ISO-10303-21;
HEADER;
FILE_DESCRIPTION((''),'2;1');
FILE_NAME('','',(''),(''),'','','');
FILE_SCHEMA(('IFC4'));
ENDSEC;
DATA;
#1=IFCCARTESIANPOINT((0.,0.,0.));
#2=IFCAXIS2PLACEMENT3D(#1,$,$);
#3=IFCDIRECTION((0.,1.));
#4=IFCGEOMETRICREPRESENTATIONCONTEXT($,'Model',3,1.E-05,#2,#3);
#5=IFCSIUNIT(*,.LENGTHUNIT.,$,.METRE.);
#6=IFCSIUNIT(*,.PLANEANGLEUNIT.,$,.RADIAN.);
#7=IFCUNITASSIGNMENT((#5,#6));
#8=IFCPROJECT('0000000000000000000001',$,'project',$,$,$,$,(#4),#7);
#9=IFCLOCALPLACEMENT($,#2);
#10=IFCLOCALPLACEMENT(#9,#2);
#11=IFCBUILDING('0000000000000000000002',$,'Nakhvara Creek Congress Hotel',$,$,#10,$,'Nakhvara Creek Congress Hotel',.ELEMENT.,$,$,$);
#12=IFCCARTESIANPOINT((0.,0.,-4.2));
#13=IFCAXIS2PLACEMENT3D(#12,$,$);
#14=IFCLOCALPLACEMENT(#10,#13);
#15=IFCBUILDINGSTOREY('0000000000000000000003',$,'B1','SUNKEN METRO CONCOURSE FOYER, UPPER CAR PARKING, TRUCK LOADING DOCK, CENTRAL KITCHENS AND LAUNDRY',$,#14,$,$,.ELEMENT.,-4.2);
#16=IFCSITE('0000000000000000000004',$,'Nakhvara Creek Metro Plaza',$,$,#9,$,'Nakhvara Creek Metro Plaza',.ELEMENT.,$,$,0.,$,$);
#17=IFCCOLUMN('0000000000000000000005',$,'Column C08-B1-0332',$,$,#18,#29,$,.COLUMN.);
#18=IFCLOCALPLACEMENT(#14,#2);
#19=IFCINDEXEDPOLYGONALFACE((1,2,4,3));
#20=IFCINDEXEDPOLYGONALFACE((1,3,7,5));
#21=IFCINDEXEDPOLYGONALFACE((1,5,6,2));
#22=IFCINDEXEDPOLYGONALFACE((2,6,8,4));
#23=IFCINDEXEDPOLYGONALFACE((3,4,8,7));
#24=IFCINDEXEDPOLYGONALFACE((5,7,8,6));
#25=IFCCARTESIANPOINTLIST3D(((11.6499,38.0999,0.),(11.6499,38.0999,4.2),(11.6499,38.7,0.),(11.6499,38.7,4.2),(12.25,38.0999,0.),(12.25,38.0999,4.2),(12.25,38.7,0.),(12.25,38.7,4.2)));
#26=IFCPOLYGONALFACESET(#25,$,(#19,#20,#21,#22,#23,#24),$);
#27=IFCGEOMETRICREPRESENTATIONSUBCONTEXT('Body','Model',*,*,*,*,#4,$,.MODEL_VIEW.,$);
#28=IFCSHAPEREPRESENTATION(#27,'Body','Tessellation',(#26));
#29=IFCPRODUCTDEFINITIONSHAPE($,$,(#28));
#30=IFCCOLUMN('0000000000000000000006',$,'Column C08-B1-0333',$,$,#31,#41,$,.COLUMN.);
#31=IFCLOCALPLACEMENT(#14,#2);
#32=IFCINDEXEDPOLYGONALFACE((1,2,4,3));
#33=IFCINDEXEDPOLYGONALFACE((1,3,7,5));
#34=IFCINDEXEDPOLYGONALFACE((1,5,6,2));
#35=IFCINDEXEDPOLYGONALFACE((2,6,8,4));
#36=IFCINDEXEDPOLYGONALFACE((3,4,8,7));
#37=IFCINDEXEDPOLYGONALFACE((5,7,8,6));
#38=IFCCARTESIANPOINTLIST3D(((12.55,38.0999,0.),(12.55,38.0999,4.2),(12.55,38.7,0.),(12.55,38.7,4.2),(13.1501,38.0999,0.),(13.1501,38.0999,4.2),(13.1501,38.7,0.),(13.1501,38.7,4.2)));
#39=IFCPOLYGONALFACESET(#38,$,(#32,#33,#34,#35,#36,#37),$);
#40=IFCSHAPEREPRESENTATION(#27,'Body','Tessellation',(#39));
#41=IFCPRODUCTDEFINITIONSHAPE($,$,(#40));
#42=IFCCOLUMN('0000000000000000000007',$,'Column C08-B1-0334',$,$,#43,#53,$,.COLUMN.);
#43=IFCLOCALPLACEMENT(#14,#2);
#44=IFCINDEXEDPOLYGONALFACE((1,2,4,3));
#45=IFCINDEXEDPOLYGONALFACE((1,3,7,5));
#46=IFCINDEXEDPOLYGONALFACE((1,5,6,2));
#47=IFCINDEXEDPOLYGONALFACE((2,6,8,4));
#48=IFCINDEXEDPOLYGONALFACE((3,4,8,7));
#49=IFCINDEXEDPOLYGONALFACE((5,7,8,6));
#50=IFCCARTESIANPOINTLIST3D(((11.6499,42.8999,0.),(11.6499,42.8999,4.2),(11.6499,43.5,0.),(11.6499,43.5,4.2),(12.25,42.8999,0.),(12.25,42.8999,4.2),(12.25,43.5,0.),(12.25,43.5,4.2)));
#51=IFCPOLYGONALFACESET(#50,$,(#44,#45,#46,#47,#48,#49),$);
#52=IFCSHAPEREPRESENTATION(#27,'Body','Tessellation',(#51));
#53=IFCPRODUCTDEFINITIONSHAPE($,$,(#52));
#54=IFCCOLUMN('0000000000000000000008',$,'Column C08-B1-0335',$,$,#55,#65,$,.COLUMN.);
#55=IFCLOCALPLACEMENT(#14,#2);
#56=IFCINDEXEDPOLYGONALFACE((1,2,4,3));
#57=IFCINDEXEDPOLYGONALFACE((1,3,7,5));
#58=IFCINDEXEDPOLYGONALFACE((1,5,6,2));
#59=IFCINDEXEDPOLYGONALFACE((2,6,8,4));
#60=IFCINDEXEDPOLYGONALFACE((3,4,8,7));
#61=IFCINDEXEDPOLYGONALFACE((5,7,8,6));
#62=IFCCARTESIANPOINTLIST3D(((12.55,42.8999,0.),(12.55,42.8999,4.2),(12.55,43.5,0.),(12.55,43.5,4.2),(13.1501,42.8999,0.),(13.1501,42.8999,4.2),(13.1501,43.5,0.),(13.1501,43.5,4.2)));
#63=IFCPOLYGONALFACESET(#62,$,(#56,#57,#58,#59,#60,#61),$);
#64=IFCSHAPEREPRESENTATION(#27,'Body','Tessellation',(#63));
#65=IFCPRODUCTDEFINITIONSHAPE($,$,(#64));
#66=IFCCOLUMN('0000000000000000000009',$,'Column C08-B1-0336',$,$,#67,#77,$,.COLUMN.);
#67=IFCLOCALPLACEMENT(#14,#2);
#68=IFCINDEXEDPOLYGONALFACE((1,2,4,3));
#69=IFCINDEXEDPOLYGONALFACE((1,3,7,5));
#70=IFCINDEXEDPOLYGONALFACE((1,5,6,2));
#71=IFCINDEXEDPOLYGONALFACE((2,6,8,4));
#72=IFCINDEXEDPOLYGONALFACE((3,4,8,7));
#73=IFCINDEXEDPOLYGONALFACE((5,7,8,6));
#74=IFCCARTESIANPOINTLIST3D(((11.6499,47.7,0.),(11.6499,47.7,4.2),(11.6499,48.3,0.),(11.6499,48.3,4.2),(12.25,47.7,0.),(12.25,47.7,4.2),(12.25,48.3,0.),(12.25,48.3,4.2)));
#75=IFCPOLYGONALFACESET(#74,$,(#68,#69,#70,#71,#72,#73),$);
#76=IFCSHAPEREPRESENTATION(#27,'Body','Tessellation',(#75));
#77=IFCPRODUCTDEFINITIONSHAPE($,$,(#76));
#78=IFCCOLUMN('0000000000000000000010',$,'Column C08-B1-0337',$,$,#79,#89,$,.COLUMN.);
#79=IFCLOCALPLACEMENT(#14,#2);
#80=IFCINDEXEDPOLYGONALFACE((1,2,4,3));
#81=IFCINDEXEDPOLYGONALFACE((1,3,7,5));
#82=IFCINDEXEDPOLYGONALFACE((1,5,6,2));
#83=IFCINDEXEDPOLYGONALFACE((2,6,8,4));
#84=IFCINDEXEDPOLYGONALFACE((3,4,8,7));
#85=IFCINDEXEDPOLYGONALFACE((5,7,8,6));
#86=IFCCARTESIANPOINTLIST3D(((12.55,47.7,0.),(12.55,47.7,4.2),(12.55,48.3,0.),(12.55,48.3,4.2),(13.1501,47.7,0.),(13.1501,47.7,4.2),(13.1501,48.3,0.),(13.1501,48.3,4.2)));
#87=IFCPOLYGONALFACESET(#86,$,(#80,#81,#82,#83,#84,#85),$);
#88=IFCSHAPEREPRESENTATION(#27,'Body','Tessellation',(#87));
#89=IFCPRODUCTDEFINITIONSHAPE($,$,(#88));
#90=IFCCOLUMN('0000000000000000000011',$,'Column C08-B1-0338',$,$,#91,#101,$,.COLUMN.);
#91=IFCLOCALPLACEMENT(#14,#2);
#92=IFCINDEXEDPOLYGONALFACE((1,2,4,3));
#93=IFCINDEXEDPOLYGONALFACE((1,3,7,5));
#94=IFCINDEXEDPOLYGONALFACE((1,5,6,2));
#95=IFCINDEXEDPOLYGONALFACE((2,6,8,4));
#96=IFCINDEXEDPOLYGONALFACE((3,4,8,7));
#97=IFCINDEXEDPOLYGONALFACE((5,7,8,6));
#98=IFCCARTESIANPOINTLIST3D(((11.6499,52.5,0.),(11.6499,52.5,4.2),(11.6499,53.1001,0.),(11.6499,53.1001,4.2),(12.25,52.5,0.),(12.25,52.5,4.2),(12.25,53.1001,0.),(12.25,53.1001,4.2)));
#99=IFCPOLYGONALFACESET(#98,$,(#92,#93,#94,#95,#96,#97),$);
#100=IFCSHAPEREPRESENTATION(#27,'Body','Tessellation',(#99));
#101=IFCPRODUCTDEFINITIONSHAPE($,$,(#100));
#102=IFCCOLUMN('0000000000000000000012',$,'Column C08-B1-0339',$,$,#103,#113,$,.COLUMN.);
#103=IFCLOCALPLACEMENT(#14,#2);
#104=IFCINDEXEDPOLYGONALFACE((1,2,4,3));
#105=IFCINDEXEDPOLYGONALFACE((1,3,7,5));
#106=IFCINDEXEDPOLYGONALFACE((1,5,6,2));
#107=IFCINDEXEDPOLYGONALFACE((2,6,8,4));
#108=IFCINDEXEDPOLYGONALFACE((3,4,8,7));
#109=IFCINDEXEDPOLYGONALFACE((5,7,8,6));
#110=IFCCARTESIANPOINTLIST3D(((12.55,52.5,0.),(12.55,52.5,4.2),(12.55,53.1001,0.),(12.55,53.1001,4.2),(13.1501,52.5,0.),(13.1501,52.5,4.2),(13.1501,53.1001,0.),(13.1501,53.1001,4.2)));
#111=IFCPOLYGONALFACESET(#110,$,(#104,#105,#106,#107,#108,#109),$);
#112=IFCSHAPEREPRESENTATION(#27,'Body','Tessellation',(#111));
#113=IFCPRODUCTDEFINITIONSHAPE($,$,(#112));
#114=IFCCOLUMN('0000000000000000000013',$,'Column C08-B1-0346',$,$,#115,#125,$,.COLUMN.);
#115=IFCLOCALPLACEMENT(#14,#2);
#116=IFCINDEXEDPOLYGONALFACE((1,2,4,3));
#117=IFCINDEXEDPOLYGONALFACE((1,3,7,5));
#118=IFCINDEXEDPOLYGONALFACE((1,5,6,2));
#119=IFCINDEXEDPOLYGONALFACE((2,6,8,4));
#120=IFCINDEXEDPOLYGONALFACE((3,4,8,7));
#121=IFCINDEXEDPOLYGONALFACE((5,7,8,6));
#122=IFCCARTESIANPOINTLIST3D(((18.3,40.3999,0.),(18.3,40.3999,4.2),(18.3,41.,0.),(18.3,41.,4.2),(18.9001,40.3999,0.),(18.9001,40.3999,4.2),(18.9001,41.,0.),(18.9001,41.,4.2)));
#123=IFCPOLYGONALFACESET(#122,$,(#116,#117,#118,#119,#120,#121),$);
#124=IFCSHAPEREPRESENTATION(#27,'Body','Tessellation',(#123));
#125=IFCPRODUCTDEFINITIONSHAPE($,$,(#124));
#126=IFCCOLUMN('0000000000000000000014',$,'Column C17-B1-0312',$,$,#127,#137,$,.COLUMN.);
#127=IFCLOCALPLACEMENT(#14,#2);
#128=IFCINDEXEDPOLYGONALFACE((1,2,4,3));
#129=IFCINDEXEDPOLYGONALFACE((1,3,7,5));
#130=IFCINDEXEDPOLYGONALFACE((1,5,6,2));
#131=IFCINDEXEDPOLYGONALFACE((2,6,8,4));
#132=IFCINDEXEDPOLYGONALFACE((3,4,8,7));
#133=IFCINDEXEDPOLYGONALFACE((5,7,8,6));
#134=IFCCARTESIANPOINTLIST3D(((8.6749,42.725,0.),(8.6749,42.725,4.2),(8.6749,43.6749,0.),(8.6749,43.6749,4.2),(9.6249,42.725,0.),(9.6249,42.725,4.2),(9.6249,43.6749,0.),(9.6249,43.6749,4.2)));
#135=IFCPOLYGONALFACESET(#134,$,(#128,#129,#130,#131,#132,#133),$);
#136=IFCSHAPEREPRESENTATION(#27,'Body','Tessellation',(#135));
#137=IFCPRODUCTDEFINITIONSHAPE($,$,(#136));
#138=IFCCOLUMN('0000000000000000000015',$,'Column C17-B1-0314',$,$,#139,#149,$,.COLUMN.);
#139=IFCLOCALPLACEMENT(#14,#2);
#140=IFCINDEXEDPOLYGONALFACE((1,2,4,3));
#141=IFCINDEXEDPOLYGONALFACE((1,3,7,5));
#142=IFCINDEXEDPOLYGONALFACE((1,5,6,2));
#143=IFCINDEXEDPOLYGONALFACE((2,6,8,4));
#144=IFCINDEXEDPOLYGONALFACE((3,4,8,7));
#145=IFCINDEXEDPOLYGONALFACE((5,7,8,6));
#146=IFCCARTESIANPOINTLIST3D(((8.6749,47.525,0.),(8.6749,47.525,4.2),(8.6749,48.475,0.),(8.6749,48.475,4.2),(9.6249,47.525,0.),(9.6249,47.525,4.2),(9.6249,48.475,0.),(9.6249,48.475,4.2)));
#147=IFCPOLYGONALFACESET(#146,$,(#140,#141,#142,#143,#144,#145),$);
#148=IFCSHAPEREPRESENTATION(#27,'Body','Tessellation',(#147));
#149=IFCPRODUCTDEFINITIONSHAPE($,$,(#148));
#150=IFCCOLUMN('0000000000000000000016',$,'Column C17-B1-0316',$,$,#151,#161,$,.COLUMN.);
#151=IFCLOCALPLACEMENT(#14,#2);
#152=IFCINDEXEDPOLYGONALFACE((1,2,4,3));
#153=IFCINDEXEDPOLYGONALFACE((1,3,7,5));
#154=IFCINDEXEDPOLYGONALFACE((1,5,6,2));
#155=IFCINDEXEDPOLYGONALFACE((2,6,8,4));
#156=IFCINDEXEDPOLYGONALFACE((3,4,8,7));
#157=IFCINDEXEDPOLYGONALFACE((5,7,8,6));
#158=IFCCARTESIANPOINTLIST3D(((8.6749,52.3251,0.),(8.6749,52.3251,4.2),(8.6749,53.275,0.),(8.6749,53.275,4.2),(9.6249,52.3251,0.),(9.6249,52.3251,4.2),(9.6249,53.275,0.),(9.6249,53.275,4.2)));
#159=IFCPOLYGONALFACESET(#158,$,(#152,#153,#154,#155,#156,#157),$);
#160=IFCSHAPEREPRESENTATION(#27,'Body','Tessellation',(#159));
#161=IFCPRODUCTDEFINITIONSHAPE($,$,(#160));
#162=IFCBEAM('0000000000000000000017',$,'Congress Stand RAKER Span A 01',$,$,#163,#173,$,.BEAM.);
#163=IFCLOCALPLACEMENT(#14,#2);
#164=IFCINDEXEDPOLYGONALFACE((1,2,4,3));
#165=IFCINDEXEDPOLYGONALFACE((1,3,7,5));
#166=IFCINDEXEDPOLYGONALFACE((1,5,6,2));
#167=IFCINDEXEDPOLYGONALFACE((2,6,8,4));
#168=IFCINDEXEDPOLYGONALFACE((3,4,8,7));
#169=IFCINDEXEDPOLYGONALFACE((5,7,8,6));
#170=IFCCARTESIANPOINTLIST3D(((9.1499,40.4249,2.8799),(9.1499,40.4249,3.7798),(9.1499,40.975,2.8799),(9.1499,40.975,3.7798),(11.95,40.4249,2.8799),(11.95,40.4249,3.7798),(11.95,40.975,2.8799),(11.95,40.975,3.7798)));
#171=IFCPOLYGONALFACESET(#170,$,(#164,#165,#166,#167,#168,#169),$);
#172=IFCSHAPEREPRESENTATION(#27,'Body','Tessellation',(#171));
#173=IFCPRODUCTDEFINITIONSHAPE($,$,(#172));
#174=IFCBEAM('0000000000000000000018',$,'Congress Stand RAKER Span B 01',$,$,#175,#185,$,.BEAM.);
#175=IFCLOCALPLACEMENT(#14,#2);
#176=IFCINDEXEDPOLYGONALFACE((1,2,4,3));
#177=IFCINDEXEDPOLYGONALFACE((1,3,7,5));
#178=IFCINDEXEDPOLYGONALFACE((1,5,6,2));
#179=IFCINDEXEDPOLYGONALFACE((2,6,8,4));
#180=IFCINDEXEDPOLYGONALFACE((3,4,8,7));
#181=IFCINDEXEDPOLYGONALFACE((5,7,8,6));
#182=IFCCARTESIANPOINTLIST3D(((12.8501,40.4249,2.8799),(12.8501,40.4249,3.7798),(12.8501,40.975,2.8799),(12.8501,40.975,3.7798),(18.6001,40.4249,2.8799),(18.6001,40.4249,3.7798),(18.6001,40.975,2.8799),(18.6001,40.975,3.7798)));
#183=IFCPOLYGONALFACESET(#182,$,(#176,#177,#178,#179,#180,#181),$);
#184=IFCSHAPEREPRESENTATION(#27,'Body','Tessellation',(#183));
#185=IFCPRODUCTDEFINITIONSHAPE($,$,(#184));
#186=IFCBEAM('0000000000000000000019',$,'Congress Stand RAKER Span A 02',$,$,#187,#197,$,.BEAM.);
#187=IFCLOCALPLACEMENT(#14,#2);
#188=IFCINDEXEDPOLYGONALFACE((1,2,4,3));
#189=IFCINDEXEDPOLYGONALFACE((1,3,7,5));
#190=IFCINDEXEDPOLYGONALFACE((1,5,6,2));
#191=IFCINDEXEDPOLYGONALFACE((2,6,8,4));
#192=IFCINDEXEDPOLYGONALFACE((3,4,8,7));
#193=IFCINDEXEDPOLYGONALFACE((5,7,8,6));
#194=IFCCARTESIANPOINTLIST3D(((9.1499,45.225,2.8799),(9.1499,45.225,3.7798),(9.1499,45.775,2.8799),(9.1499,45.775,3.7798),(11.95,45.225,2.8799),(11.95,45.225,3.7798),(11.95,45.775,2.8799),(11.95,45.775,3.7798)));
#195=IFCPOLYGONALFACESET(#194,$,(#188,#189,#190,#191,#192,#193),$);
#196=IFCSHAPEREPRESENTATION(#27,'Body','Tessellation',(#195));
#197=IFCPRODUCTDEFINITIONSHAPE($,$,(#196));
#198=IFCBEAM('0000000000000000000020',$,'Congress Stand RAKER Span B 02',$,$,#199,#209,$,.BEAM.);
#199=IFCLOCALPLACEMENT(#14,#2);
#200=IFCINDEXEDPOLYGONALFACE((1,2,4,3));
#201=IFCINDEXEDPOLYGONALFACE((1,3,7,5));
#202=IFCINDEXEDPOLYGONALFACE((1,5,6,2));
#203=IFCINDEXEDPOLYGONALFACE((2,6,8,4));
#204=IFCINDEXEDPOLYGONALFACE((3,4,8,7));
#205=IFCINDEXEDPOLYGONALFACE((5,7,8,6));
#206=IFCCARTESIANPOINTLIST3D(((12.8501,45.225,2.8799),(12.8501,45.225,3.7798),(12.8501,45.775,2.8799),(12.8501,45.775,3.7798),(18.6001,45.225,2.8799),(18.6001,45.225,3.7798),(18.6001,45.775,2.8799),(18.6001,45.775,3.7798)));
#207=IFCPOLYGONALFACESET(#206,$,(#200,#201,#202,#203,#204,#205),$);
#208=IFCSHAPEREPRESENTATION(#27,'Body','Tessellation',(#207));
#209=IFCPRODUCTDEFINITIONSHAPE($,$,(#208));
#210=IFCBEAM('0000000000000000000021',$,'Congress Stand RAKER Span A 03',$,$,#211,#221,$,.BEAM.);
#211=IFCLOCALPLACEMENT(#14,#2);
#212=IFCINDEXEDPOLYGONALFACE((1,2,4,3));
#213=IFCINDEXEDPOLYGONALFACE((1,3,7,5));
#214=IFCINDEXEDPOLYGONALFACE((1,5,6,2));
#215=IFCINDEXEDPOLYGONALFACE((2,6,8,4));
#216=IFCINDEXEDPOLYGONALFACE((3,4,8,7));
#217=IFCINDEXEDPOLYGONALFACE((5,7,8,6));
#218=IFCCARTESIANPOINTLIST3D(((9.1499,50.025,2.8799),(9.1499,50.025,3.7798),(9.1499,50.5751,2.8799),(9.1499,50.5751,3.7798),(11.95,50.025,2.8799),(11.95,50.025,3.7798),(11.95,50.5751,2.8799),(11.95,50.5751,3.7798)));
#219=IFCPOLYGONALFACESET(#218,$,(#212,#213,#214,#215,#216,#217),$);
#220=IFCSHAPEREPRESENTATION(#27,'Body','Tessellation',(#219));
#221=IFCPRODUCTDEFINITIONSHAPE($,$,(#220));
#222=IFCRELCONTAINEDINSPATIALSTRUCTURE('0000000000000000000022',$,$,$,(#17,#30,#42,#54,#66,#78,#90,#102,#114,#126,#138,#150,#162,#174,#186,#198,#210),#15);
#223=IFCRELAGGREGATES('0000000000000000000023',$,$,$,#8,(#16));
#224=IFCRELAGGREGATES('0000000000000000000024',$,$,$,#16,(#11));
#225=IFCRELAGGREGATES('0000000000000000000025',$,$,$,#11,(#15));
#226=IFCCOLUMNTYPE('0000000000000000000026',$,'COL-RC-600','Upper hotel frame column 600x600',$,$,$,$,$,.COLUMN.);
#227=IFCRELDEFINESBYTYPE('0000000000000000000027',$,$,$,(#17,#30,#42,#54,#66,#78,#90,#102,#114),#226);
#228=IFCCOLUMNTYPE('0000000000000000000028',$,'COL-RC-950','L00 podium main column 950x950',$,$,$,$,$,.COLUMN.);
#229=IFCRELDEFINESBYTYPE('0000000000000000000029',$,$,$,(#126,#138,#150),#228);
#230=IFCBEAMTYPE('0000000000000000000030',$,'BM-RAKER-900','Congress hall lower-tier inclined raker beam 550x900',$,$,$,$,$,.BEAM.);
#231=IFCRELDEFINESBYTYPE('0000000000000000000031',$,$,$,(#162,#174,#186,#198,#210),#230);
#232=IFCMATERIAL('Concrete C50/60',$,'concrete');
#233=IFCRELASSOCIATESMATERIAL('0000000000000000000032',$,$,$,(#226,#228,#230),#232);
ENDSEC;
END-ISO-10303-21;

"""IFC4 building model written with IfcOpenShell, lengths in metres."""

from ifc_helpers import new_model, si_unit, direction, frame, origin, origin_2d, place, context, subcontext, project, spatial, rectangle, extrude, material, material_profile, profile_set, type_object, element, save


model = new_model("IFC4")

# Units and contexts
model_context = context("Model", 3, precision=1e-05, world=origin(), true_north=direction((0.0, 1.0)))
body_context = subcontext(model_context, "Body", "Model", "MODEL_VIEW")
ifc_project = project(units=[si_unit("LENGTHUNIT", "METRE"), si_unit("PLANEANGLEUNIT", "RADIAN")], contexts=[model_context])

# Site, building, storey
site_placement = place(None, origin())
site = spatial("IfcSite", under=ifc_project, at=site_placement, Name="Nakhvara Creek Metro Plaza", LongName="Nakhvara Creek Metro Plaza", CompositionType="ELEMENT", RefElevation=0.0)
building_placement = place(site_placement, origin())
building = spatial("IfcBuilding", under=site, at=building_placement, Name="Nakhvara Creek Congress Hotel", LongName="Nakhvara Creek Congress Hotel", CompositionType="ELEMENT")
storey_placement = place(building_placement, frame((0.0, 0.0, -4.2)))
storey = spatial("IfcBuildingStorey", under=building, at=storey_placement, Name="B1", Description="SUNKEN METRO CONCOURSE FOYER, UPPER CAR PARKING, TRUCK LOADING DOCK, CENTRAL KITCHENS AND LAUNDRY", CompositionType="ELEMENT", Elevation=-4.2)

# Columns
ifc_material = material(Name="Concrete C50/60", Category="concrete")
ifc_material_profile_1 = material_profile(ifc_material, rectangle(XDim=0.6001, YDim=0.6001, at=origin_2d()), Name="RC-COL 600x600", Category="LoadBearing")
ifc_profile_set_1 = profile_set([ifc_material_profile_1], Name="Concrete C50/60")
column_type_1 = type_object("IfcColumnType", Name="COL-RC-600", Description="Upper hotel frame column 600x600", PredefinedType="COLUMN", material=ifc_profile_set_1)
for number, where, z_axis, x_axis, name in (
    (1, (11.95, 38.3999, 0.0), (0.0, 0.0, 1.0), (1.0, 0.0, 0.0), "Column C08-B1-0332"),
    (2, (12.8501, 38.3999, 0.0), (0.0, 0.0, 1.0), (1.0, 0.0, 0.0), "Column C08-B1-0333"),
    (3, (11.95, 43.2, 0.0), (0.0, 0.0, 1.0), (1.0, 0.0, 0.0), "Column C08-B1-0334"),
    (4, (12.8501, 43.2, 0.0), (0.0, 0.0, 1.0), (1.0, 0.0, 0.0), "Column C08-B1-0335"),
    (5, (11.95, 48.0, 0.0), (0.0, 0.0, 1.0), (1.0, 0.0, 0.0), "Column C08-B1-0336"),
    (6, (12.8501, 48.0, 0.0), (0.0, 0.0, 1.0), (1.0, 0.0, 0.0), "Column C08-B1-0337"),
    (7, (11.95, 52.8, 0.0), (0.0, 0.0, 1.0), (1.0, 0.0, 0.0), "Column C08-B1-0338"),
    (8, (12.8501, 52.8, 0.0), (0.0, 0.0, 1.0), (1.0, 0.0, 0.0), "Column C08-B1-0339"),
    (9, (18.6001, 40.7, 0.0), (0.0, 0.0, 1.0), (1.0, 0.0, 0.0), "Column C08-B1-0346"),
):
    element("IfcColumn", number, at=place(storey_placement, frame(where, z_axis=z_axis, x_axis=x_axis)), inside=storey, type_object=column_type_1, Name=name, PredefinedType="COLUMN", context=body_context, shape_type="SweptSolid", body=[
        extrude(rectangle(XDim=0.6001, YDim=0.6001, at=origin_2d()), origin(), (0.0, 0.0, 1.0), 4.2),
    ])
ifc_material_profile_2 = material_profile(ifc_material, rectangle(XDim=0.95, YDim=0.95, at=origin_2d()), Name="RC-COL 950x950", Category="LoadBearing")
ifc_profile_set_2 = profile_set([ifc_material_profile_2], Name="Concrete C50/60")
column_type_2 = type_object("IfcColumnType", Name="COL-RC-950", Description="L00 podium main column 950x950", PredefinedType="COLUMN", material=ifc_profile_set_2)
for number, where, z_axis, x_axis, name in (
    (10, (9.1499, 43.2, 0.0), (0.0, 0.0, 1.0), (1.0, 0.0, 0.0), "Column C17-B1-0312"),
    (11, (9.1499, 48.0, 0.0), (0.0, 0.0, 1.0), (1.0, 0.0, 0.0), "Column C17-B1-0314"),
    (12, (9.1499, 52.8, 0.0), (0.0, 0.0, 1.0), (1.0, 0.0, 0.0), "Column C17-B1-0316"),
):
    element("IfcColumn", number, at=place(storey_placement, frame(where, z_axis=z_axis, x_axis=x_axis)), inside=storey, type_object=column_type_2, Name=name, PredefinedType="COLUMN", context=body_context, shape_type="SweptSolid", body=[
        extrude(rectangle(XDim=0.95, YDim=0.95, at=origin_2d()), origin(), (0.0, 0.0, 1.0), 4.2),
    ])

# Beams
ifc_material_profile_3 = material_profile(ifc_material, rectangle(XDim=0.55, YDim=0.8999, at=origin_2d()), Name="RC-RAKER 550x900", Category="LoadBearing")
ifc_profile_set_3 = profile_set([ifc_material_profile_3], Name="Concrete C50/60")
beam_type_1 = type_object("IfcBeamType", Name="BM-RAKER-900", Description="Congress hall lower-tier inclined raker beam 550x900", PredefinedType="BEAM", material=ifc_profile_set_3)
beam_1_placement = place(storey_placement, frame((9.1499, 40.7, 3.3298), z_axis=(1.0, 0.0, 0.0), x_axis=(0.0, 1.0, 0.0)))
element("IfcBeam", 13, at=beam_1_placement, inside=storey, type_object=beam_type_1, Name="Congress Stand RAKER Span A 01", PredefinedType="BEAM", context=body_context, shape_type="SweptSolid", body=[
    extrude(rectangle(XDim=0.55, YDim=0.8999, at=origin_2d()), origin(), (0.0, 0.0, 1.0), 2.8),
])
beam_2_placement = place(storey_placement, frame((12.8501, 40.7, 3.3298), z_axis=(1.0, 0.0, 0.0), x_axis=(0.0, 1.0, 0.0)))
element("IfcBeam", 14, at=beam_2_placement, inside=storey, type_object=beam_type_1, Name="Congress Stand RAKER Span B 01", PredefinedType="BEAM", context=body_context, shape_type="SweptSolid", body=[
    extrude(rectangle(XDim=0.55, YDim=0.8999, at=origin_2d()), origin(), (0.0, 0.0, 1.0), 5.75),
])
beam_3_placement = place(storey_placement, frame((9.1499, 45.5, 3.3298), z_axis=(1.0, 0.0, 0.0), x_axis=(0.0, 1.0, 0.0)))
element("IfcBeam", 15, at=beam_3_placement, inside=storey, type_object=beam_type_1, Name="Congress Stand RAKER Span A 02", PredefinedType="BEAM", context=body_context, shape_type="SweptSolid", body=[
    extrude(rectangle(XDim=0.55, YDim=0.8999, at=origin_2d()), origin(), (0.0, 0.0, 1.0), 2.8),
])
beam_4_placement = place(storey_placement, frame((12.8501, 45.5, 3.3298), z_axis=(1.0, 0.0, 0.0), x_axis=(0.0, 1.0, 0.0)))
element("IfcBeam", 16, at=beam_4_placement, inside=storey, type_object=beam_type_1, Name="Congress Stand RAKER Span B 02", PredefinedType="BEAM", context=body_context, shape_type="SweptSolid", body=[
    extrude(rectangle(XDim=0.55, YDim=0.8999, at=origin_2d()), origin(), (0.0, 0.0, 1.0), 5.75),
])
beam_5_placement = place(storey_placement, frame((9.1499, 50.3, 3.3298), z_axis=(1.0, 0.0, 0.0), x_axis=(0.0, 1.0, 0.0)))
element("IfcBeam", 17, at=beam_5_placement, inside=storey, type_object=beam_type_1, Name="Congress Stand RAKER Span A 03", PredefinedType="BEAM", context=body_context, shape_type="SweptSolid", body=[
    extrude(rectangle(XDim=0.55, YDim=0.8999, at=origin_2d()), origin(), (0.0, 0.0, 1.0), 2.8),
])

save(model, "model.ifc")
